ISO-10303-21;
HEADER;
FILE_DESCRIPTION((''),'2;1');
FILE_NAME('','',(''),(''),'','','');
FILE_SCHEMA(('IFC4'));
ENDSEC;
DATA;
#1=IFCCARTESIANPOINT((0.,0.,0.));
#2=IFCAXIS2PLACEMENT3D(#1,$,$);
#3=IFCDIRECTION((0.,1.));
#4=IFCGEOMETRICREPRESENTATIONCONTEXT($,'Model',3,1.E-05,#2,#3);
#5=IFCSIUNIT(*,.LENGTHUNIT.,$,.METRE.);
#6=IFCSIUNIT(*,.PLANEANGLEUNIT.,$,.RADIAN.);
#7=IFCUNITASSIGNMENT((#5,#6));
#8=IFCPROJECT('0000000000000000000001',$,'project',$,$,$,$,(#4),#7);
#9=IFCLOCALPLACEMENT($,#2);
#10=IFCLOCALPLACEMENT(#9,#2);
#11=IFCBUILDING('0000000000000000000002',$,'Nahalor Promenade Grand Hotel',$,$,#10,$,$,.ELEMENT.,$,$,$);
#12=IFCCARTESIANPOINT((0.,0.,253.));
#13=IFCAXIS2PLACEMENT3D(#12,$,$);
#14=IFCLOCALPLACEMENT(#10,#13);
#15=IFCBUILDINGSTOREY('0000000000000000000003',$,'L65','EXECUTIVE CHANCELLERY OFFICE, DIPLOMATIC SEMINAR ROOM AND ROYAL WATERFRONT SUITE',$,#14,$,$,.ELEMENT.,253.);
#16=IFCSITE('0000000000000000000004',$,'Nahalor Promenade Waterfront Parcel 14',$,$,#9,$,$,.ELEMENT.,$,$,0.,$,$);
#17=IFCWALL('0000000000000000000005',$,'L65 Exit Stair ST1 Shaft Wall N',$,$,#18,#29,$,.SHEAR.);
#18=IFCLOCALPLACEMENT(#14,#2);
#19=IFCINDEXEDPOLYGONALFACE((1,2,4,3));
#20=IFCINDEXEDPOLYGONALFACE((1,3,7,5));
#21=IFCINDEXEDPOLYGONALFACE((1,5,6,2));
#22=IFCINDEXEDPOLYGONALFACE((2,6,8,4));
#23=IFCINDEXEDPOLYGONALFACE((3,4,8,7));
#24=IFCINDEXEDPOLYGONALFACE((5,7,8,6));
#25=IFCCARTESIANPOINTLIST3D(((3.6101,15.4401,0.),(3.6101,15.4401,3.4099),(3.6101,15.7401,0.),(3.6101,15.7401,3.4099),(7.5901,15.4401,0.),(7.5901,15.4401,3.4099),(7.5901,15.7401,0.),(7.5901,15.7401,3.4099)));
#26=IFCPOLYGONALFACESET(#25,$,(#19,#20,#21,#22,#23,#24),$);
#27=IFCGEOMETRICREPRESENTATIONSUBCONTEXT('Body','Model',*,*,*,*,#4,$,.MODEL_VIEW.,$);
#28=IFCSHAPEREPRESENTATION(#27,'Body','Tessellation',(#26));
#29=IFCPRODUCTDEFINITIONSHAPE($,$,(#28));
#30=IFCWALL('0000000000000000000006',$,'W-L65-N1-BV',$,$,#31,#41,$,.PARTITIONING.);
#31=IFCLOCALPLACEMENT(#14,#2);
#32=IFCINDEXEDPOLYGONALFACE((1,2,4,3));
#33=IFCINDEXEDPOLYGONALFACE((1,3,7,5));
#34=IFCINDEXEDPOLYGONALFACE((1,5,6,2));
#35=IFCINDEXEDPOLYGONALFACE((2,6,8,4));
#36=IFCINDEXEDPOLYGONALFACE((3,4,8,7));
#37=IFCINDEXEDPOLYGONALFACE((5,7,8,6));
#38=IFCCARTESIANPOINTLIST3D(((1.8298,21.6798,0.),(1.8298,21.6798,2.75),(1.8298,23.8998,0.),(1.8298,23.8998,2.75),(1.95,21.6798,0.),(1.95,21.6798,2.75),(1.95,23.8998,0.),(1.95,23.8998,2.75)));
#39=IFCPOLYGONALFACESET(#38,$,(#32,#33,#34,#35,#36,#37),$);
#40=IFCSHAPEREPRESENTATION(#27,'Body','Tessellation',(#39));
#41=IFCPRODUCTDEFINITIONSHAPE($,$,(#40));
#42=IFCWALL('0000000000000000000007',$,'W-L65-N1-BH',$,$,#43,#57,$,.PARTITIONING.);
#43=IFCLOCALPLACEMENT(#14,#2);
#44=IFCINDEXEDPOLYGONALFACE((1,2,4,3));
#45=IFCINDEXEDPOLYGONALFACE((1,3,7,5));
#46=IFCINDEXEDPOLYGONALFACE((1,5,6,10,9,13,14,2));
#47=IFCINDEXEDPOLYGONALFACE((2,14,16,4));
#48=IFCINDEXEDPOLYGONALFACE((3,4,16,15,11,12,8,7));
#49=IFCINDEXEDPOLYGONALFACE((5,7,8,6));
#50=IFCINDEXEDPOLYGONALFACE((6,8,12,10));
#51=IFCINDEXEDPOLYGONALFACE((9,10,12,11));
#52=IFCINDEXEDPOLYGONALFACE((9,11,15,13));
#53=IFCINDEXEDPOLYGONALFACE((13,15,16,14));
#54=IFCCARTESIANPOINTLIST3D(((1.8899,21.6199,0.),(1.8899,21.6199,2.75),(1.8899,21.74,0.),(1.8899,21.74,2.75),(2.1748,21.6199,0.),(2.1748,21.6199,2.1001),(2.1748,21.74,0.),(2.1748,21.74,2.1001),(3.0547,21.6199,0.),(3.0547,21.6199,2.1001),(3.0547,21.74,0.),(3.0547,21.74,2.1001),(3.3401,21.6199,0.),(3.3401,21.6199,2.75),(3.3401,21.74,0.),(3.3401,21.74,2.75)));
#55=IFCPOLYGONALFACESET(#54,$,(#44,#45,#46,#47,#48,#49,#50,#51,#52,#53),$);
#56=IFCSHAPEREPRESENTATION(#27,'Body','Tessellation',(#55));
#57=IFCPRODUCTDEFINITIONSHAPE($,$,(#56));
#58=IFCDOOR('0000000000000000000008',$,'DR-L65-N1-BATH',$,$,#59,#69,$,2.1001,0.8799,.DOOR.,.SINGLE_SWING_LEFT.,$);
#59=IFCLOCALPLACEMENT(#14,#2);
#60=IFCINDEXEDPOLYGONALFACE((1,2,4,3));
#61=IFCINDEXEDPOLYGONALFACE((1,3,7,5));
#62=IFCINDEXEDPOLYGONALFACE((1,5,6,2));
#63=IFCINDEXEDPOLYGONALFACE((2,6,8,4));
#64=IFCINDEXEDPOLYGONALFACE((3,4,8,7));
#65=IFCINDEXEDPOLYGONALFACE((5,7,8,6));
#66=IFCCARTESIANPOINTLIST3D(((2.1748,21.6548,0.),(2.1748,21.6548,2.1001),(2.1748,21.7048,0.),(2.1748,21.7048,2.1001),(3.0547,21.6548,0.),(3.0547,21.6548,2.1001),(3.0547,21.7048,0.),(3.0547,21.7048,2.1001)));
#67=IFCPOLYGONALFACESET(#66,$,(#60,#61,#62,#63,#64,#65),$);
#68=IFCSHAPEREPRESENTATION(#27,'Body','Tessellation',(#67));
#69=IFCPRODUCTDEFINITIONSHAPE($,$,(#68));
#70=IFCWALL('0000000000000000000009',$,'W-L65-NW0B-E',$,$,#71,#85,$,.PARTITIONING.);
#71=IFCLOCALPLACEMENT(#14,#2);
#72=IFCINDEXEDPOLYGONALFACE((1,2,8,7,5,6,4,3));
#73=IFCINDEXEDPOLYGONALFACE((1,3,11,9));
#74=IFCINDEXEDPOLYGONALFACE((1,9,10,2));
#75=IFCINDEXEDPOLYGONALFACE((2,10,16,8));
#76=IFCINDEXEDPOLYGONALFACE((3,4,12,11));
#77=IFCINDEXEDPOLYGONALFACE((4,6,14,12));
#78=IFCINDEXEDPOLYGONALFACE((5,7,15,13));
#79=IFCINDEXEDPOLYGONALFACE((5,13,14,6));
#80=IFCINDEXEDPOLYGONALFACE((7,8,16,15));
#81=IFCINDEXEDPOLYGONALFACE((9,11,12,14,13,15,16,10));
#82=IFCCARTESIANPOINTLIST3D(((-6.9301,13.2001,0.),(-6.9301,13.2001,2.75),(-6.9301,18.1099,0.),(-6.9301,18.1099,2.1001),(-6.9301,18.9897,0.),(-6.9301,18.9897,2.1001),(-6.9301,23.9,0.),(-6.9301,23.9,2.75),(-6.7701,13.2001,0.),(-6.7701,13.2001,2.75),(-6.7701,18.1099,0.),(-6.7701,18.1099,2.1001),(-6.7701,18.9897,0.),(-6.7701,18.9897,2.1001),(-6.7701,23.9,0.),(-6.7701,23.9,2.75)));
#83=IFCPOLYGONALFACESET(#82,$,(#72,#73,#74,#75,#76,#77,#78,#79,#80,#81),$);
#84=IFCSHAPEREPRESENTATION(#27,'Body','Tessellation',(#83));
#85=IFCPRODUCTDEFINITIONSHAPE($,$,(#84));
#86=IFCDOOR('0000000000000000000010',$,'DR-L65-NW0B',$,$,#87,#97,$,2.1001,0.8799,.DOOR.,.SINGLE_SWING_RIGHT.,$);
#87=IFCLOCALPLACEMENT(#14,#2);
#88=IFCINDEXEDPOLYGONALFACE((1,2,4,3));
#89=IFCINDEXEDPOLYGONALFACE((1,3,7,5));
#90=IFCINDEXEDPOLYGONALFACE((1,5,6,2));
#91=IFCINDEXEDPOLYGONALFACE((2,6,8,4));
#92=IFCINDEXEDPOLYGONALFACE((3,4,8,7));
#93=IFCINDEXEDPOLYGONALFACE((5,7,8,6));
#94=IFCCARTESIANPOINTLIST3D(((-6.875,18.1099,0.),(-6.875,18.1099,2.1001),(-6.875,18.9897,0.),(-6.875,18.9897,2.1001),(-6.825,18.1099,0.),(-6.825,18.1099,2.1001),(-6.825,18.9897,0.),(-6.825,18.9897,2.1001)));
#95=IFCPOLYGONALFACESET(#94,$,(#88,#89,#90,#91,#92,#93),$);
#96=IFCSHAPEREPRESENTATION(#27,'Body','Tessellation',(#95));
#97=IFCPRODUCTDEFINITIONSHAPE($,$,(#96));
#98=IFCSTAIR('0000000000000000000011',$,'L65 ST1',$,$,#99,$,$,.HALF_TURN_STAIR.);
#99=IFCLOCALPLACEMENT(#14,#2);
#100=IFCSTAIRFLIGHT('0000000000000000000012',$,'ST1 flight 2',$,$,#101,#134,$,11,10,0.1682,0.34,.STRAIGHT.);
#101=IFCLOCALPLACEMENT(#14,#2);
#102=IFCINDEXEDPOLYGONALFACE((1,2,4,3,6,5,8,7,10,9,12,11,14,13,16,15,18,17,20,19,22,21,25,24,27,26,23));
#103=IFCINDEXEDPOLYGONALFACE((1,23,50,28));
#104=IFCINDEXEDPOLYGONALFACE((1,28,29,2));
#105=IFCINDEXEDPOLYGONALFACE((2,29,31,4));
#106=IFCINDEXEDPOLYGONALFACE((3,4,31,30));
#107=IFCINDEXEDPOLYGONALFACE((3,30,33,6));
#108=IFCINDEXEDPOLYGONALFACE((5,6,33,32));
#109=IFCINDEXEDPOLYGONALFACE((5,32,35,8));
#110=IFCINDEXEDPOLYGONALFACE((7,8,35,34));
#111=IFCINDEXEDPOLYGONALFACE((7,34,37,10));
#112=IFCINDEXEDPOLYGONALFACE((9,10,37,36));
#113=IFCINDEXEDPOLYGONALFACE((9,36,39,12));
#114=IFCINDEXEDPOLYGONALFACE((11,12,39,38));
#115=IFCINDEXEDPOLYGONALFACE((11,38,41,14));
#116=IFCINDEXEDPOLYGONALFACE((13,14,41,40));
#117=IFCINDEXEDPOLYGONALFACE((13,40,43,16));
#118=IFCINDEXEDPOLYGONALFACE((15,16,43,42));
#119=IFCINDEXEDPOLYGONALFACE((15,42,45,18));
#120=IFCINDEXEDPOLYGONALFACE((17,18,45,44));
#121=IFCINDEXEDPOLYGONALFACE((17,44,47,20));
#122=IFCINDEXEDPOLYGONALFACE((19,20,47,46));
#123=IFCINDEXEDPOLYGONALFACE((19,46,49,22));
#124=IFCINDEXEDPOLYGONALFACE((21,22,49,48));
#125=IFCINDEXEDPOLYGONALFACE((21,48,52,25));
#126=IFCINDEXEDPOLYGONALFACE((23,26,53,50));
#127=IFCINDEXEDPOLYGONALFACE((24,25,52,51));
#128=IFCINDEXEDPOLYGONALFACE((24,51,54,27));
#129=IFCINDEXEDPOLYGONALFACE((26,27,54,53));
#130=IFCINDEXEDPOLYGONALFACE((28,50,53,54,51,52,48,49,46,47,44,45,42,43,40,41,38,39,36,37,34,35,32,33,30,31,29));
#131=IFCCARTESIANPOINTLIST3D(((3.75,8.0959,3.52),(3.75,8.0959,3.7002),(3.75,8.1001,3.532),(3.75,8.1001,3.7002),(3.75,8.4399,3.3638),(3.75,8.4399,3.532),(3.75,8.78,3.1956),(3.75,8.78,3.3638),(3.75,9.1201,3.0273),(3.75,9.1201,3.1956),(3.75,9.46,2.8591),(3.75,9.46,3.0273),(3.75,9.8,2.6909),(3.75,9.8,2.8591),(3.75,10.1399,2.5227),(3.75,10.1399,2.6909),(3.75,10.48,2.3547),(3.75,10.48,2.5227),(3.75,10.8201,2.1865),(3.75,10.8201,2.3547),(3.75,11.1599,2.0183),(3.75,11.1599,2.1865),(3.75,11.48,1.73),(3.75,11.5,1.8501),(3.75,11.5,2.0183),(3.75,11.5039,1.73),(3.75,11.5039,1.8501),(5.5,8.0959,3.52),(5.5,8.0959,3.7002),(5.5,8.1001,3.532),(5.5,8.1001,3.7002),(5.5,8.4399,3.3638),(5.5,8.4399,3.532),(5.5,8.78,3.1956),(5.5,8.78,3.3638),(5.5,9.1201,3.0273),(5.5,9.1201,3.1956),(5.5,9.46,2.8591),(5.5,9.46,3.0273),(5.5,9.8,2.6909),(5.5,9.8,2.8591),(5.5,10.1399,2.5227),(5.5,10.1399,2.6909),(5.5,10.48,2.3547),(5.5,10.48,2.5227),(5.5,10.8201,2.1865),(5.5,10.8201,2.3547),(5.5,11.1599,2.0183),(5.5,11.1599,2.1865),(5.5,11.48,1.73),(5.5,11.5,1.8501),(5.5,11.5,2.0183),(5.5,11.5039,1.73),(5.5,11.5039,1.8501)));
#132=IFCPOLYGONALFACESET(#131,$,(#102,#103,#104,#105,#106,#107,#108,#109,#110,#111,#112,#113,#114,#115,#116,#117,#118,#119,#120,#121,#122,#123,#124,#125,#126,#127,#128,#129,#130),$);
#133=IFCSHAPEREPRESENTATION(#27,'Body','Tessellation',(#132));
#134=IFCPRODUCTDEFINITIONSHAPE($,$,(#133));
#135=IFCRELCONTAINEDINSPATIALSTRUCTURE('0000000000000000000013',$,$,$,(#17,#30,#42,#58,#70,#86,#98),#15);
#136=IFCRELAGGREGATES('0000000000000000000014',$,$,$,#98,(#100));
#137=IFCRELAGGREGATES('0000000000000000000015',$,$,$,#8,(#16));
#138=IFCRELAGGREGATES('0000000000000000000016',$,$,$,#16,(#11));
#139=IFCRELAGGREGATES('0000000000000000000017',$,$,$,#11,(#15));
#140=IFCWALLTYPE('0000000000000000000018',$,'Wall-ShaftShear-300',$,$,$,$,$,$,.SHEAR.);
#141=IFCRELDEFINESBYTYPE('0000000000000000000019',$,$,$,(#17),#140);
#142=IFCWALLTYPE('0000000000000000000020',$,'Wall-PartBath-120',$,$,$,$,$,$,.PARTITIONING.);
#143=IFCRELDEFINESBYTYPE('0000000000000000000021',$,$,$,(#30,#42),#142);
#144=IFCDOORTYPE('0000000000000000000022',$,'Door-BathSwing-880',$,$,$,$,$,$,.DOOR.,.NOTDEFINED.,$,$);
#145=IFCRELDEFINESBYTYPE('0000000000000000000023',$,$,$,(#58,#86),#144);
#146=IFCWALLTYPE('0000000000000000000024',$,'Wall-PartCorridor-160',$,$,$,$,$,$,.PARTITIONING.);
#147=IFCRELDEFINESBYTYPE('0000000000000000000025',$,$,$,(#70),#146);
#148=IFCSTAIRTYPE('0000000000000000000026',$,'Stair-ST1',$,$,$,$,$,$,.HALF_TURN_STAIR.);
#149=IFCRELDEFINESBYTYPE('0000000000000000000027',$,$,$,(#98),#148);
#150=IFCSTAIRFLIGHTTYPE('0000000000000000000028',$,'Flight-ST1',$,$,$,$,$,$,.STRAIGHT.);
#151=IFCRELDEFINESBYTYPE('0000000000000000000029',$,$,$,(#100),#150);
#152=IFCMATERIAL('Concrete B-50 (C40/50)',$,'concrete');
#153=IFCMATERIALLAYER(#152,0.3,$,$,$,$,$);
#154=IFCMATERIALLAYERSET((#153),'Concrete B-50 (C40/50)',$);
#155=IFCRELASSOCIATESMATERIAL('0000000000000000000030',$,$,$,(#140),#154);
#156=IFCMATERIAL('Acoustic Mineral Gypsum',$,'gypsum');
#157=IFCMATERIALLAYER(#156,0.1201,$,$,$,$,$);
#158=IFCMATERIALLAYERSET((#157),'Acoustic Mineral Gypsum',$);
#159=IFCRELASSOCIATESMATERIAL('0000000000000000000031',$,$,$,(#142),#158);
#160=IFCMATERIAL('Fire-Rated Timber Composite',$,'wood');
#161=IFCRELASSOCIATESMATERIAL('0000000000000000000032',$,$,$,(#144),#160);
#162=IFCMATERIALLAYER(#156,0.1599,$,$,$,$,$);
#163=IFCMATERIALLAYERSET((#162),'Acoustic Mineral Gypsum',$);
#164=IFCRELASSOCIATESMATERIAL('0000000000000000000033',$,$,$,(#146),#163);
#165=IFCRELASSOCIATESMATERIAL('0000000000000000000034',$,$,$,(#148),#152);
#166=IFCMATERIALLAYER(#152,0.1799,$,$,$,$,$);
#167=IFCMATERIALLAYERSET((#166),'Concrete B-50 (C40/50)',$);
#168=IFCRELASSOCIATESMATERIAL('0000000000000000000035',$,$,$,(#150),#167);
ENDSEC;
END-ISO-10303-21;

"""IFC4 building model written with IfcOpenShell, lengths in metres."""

from ifc_helpers import new_model, si_unit, direction, frame, frame_2d, origin, place, context, subcontext, project, spatial, polyline, rectangle, outline, extrude, source, transform, mapped, material, layer, layer_set, type_object, element, fill, aggregate, save


model = new_model("IFC4")

# Units and contexts
model_context = context("Model", 3, precision=1e-05, world=origin(), true_north=direction((0.0, 1.0)))
body_context = subcontext(model_context, "Body", "Model", "MODEL_VIEW")
ifc_project = project(units=[si_unit("LENGTHUNIT", "METRE"), si_unit("PLANEANGLEUNIT", "RADIAN")], contexts=[model_context])

# Site, building, storey
site_placement = place(None, origin())
site = spatial("IfcSite", under=ifc_project, at=site_placement, Name="Nahalor Promenade Waterfront Parcel 14", CompositionType="ELEMENT", RefElevation=0.0)
building_placement = place(site_placement, origin())
building = spatial("IfcBuilding", under=site, at=building_placement, Name="Nahalor Promenade Grand Hotel", CompositionType="ELEMENT")
storey_placement = place(building_placement, frame((0.0, 0.0, 253.0)))
storey = spatial("IfcBuildingStorey", under=building, at=storey_placement, Name="L65", Description="EXECUTIVE CHANCELLERY OFFICE, DIPLOMATIC SEMINAR ROOM AND ROYAL WATERFRONT SUITE", CompositionType="ELEMENT", Elevation=253.0)

# Walls
ifc_material_1 = material(Name="Concrete B-50 (C40/50)", Category="concrete")
ifc_layer_1 = layer(ifc_material_1, 0.3)
ifc_layer_set_1 = layer_set([ifc_layer_1], Name="Concrete B-50 (C40/50)")
wall_type_1 = type_object("IfcWallType", Name="Wall-ShaftShear-300", PredefinedType="SHEAR", material=ifc_layer_set_1)
shared_shape_1 = source(origin(), body_context, "Body", "SweptSolid", [
    extrude(rectangle(XDim=3.98, YDim=0.3, at=frame_2d((1.99, 0.0))), origin(), (0.0, 0.0, 1.0), 3.4099),
])
wall_1_placement = place(storey_placement, frame((3.6101, 15.5901, 0.0), z_axis=(0.0, 0.0, 1.0), x_axis=(1.0, 0.0, 0.0)))
element("IfcWall", 1, at=wall_1_placement, inside=storey, type_object=wall_type_1, Name="L65 Exit Stair ST1 Shaft Wall N", PredefinedType="SHEAR", context=body_context, shape_type="MappedRepresentation", body=[
    mapped(shared_shape_1, transform((0.0, 0.0, 0.0), scale=1.0)),
])
ifc_material_2 = material(Name="Acoustic Mineral Gypsum", Category="gypsum")
ifc_layer_2 = layer(ifc_material_2, 0.1201)
ifc_layer_set_2 = layer_set([ifc_layer_2], Name="Acoustic Mineral Gypsum")
wall_type_2 = type_object("IfcWallType", Name="Wall-PartBath-120", PredefinedType="PARTITIONING", material=ifc_layer_set_2)
shared_shape_2 = source(origin(), body_context, "Body", "SweptSolid", [
    extrude(rectangle(XDim=2.22, YDim=0.1201, at=frame_2d((1.1099, 0.0))), origin(), (0.0, 0.0, 1.0), 2.75),
])
wall_2_placement = place(storey_placement, frame((1.8899, 21.6799, 0.0), z_axis=(0.0, 0.0, 1.0), x_axis=(0.0, 1.0, 0.0)))
element("IfcWall", 2, at=wall_2_placement, inside=storey, type_object=wall_type_2, Name="W-L65-N1-BV", PredefinedType="PARTITIONING", context=body_context, shape_type="MappedRepresentation", body=[
    mapped(shared_shape_2, transform((0.0, 0.0, 0.0), scale=1.0)),
])

# Walls, openings, doors
shared_shape_3 = source(origin(), body_context, "Body", "SweptSolid", [
    extrude(rectangle(XDim=1.4502, YDim=0.1201, at=frame_2d((0.7251, 0.0))), origin(), (0.0, 0.0, 1.0), 2.75),
])
wall_3_placement = place(storey_placement, frame((1.8899, 21.6799, 0.0), z_axis=(0.0, 0.0, 1.0), x_axis=(1.0, 0.0, 0.0)))
wall_3 = element("IfcWall", 3, at=wall_3_placement, inside=storey, type_object=wall_type_2, Name="W-L65-N1-BH", PredefinedType="PARTITIONING", context=body_context, shape_type="MappedRepresentation", body=[
    mapped(shared_shape_3, transform((0.0, 0.0, 0.0), scale=1.0)),
])
opening_1_placement = place(wall_3_placement, frame((0.2849, 0.0, 0.0)))
opening_1 = element("IfcOpeningElement", 4, at=opening_1_placement, cuts=wall_3, PredefinedType="OPENING", context=body_context, shape_type="SweptSolid", body=[
    extrude(rectangle(XDim=0.8799, YDim=2.1001, at=frame_2d((0.4399, 1.05))), frame((0.0, 0.0701, 0.0), z_axis=(0.0, -1.0, 0.0), x_axis=(1.0, 0.0, 0.0)), (0.0, 0.0, 1.0), 0.1401),
])
ifc_material_3 = material(Name="Fire-Rated Timber Composite", Category="wood")
door_type = type_object("IfcDoorType", Name="Door-BathSwing-880", OperationType="NOTDEFINED", PredefinedType="DOOR", material=ifc_material_3)
shared_shape_4 = source(origin(), body_context, "Body", "SweptSolid", [
    extrude(rectangle(XDim=0.8799, YDim=2.1001, at=frame_2d((0.4399, 1.05))), frame((0.0, 0.0249, 0.0), z_axis=(0.0, -1.0, 0.0), x_axis=(1.0, 0.0, 0.0)), (0.0, 0.0, 1.0), 0.05),
])
door_1_placement = place(opening_1_placement, origin())
door_1 = element("IfcDoor", 5, at=door_1_placement, inside=storey, type_object=door_type, Name="DR-L65-N1-BATH", OperationType="SINGLE_SWING_LEFT", OverallHeight=2.1001, OverallWidth=0.8799, PredefinedType="DOOR", context=body_context, shape_type="MappedRepresentation", body=[
    mapped(shared_shape_4, transform((0.0, 0.0, 0.0), scale=1.0)),
])
fill(opening_1, door_1)
ifc_layer_3 = layer(ifc_material_2, 0.1599)
ifc_layer_set_3 = layer_set([ifc_layer_3], Name="Acoustic Mineral Gypsum")
wall_type_3 = type_object("IfcWallType", Name="Wall-PartCorridor-160", PredefinedType="PARTITIONING", material=ifc_layer_set_3)
shared_shape_5 = source(origin(), body_context, "Body", "SweptSolid", [
    extrude(rectangle(XDim=10.7, YDim=0.1599, at=frame_2d((5.3501, 0.0))), origin(), (0.0, 0.0, 1.0), 2.75),
])
wall_4_placement = place(storey_placement, frame((-6.8501, 13.2, 0.0), z_axis=(0.0, 0.0, 1.0), x_axis=(0.0, 1.0, 0.0)))
wall_4 = element("IfcWall", 6, at=wall_4_placement, inside=storey, type_object=wall_type_3, Name="W-L65-NW0B-E", PredefinedType="PARTITIONING", context=body_context, shape_type="MappedRepresentation", body=[
    mapped(shared_shape_5, transform((0.0, 0.0, 0.0), scale=1.0)),
])
opening_2_placement = place(wall_4_placement, frame((4.9099, 0.0, 0.0)))
opening_2 = element("IfcOpeningElement", 7, at=opening_2_placement, cuts=wall_4, PredefinedType="OPENING", context=body_context, shape_type="SweptSolid", body=[
    extrude(rectangle(XDim=0.8799, YDim=2.1001, at=frame_2d((0.4399, 1.05))), frame((0.0, 0.0898, 0.0), z_axis=(0.0, -1.0, 0.0), x_axis=(1.0, 0.0, 0.0)), (0.0, 0.0, 1.0), 0.1799),
])
door_2_placement = place(opening_2_placement, origin())
door_2 = element("IfcDoor", 8, at=door_2_placement, inside=storey, type_object=door_type, Name="DR-L65-NW0B", OperationType="SINGLE_SWING_RIGHT", OverallHeight=2.1001, OverallWidth=0.8799, PredefinedType="DOOR", context=body_context, shape_type="MappedRepresentation", body=[
    mapped(shared_shape_4, transform((0.0, 0.0, 0.0), scale=1.0)),
])
fill(opening_2, door_2)

# Stair, stair flight
stair_type = type_object("IfcStairType", Name="Stair-ST1", PredefinedType="HALF_TURN_STAIR", material=ifc_material_1)
stair_placement = place(storey_placement, origin())
stair = element("IfcStair", 9, at=stair_placement, inside=storey, type_object=stair_type, Name="L65 ST1", PredefinedType="HALF_TURN_STAIR")
ifc_layer_4 = layer(ifc_material_1, 0.1799)
ifc_layer_set_4 = layer_set([ifc_layer_4], Name="Concrete B-50 (C40/50)")
stair_flight_type = type_object("IfcStairFlightType", Name="Flight-ST1", PredefinedType="STRAIGHT", material=ifc_layer_set_4)
shared_shape_6 = source(origin(), body_context, "Body", "SweptSolid", [
    extrude(outline(polyline([(-0.0039, -0.1201), (-0.0039, 0.0), (0.0, 0.0), (0.0, 0.1682), (0.3401, 0.1682), (0.3401, 0.3364), (0.6799, 0.3364), (0.6799, 0.5046), (1.02, 0.5046), (1.02, 0.6726), (1.3601, 0.6726), (1.3601, 0.8408), (1.7, 0.8408), (1.7, 1.009), (2.04, 1.009), (2.04, 1.1772), (2.3799, 1.1772), (2.3799, 1.3455), (2.72, 1.3455), (2.72, 1.5137), (3.0601, 1.5137), (3.0601, 1.6819), (3.3999, 1.6819), (3.3999, 1.8501), (3.4041, 1.8501), (3.4041, 1.6699), (0.02, -0.1201), (-0.0039, -0.1201)])), frame((0.0, 0.875, 0.0), z_axis=(0.0, -1.0, 0.0), x_axis=(1.0, 0.0, 0.0)), (0.0, 0.0, 1.0), 1.75),
])
stair_flight_placement = place(storey_placement, frame((4.625, 11.5, 1.8501), z_axis=(0.0, 0.0, 1.0), x_axis=(0.0, -1.0, 0.0)))
stair_flight = element("IfcStairFlight", 10, at=stair_flight_placement, type_object=stair_flight_type, Name="ST1 flight 2", NumberOfRisers=11, NumberOfTreads=10, PredefinedType="STRAIGHT", RiserHeight=0.1682, TreadLength=0.34, context=body_context, shape_type="MappedRepresentation", body=[
    mapped(shared_shape_6, transform((0.0, 0.0, 0.0), scale=1.0)),
])
aggregate(stair, [stair_flight])

save(model, "model.ifc")
